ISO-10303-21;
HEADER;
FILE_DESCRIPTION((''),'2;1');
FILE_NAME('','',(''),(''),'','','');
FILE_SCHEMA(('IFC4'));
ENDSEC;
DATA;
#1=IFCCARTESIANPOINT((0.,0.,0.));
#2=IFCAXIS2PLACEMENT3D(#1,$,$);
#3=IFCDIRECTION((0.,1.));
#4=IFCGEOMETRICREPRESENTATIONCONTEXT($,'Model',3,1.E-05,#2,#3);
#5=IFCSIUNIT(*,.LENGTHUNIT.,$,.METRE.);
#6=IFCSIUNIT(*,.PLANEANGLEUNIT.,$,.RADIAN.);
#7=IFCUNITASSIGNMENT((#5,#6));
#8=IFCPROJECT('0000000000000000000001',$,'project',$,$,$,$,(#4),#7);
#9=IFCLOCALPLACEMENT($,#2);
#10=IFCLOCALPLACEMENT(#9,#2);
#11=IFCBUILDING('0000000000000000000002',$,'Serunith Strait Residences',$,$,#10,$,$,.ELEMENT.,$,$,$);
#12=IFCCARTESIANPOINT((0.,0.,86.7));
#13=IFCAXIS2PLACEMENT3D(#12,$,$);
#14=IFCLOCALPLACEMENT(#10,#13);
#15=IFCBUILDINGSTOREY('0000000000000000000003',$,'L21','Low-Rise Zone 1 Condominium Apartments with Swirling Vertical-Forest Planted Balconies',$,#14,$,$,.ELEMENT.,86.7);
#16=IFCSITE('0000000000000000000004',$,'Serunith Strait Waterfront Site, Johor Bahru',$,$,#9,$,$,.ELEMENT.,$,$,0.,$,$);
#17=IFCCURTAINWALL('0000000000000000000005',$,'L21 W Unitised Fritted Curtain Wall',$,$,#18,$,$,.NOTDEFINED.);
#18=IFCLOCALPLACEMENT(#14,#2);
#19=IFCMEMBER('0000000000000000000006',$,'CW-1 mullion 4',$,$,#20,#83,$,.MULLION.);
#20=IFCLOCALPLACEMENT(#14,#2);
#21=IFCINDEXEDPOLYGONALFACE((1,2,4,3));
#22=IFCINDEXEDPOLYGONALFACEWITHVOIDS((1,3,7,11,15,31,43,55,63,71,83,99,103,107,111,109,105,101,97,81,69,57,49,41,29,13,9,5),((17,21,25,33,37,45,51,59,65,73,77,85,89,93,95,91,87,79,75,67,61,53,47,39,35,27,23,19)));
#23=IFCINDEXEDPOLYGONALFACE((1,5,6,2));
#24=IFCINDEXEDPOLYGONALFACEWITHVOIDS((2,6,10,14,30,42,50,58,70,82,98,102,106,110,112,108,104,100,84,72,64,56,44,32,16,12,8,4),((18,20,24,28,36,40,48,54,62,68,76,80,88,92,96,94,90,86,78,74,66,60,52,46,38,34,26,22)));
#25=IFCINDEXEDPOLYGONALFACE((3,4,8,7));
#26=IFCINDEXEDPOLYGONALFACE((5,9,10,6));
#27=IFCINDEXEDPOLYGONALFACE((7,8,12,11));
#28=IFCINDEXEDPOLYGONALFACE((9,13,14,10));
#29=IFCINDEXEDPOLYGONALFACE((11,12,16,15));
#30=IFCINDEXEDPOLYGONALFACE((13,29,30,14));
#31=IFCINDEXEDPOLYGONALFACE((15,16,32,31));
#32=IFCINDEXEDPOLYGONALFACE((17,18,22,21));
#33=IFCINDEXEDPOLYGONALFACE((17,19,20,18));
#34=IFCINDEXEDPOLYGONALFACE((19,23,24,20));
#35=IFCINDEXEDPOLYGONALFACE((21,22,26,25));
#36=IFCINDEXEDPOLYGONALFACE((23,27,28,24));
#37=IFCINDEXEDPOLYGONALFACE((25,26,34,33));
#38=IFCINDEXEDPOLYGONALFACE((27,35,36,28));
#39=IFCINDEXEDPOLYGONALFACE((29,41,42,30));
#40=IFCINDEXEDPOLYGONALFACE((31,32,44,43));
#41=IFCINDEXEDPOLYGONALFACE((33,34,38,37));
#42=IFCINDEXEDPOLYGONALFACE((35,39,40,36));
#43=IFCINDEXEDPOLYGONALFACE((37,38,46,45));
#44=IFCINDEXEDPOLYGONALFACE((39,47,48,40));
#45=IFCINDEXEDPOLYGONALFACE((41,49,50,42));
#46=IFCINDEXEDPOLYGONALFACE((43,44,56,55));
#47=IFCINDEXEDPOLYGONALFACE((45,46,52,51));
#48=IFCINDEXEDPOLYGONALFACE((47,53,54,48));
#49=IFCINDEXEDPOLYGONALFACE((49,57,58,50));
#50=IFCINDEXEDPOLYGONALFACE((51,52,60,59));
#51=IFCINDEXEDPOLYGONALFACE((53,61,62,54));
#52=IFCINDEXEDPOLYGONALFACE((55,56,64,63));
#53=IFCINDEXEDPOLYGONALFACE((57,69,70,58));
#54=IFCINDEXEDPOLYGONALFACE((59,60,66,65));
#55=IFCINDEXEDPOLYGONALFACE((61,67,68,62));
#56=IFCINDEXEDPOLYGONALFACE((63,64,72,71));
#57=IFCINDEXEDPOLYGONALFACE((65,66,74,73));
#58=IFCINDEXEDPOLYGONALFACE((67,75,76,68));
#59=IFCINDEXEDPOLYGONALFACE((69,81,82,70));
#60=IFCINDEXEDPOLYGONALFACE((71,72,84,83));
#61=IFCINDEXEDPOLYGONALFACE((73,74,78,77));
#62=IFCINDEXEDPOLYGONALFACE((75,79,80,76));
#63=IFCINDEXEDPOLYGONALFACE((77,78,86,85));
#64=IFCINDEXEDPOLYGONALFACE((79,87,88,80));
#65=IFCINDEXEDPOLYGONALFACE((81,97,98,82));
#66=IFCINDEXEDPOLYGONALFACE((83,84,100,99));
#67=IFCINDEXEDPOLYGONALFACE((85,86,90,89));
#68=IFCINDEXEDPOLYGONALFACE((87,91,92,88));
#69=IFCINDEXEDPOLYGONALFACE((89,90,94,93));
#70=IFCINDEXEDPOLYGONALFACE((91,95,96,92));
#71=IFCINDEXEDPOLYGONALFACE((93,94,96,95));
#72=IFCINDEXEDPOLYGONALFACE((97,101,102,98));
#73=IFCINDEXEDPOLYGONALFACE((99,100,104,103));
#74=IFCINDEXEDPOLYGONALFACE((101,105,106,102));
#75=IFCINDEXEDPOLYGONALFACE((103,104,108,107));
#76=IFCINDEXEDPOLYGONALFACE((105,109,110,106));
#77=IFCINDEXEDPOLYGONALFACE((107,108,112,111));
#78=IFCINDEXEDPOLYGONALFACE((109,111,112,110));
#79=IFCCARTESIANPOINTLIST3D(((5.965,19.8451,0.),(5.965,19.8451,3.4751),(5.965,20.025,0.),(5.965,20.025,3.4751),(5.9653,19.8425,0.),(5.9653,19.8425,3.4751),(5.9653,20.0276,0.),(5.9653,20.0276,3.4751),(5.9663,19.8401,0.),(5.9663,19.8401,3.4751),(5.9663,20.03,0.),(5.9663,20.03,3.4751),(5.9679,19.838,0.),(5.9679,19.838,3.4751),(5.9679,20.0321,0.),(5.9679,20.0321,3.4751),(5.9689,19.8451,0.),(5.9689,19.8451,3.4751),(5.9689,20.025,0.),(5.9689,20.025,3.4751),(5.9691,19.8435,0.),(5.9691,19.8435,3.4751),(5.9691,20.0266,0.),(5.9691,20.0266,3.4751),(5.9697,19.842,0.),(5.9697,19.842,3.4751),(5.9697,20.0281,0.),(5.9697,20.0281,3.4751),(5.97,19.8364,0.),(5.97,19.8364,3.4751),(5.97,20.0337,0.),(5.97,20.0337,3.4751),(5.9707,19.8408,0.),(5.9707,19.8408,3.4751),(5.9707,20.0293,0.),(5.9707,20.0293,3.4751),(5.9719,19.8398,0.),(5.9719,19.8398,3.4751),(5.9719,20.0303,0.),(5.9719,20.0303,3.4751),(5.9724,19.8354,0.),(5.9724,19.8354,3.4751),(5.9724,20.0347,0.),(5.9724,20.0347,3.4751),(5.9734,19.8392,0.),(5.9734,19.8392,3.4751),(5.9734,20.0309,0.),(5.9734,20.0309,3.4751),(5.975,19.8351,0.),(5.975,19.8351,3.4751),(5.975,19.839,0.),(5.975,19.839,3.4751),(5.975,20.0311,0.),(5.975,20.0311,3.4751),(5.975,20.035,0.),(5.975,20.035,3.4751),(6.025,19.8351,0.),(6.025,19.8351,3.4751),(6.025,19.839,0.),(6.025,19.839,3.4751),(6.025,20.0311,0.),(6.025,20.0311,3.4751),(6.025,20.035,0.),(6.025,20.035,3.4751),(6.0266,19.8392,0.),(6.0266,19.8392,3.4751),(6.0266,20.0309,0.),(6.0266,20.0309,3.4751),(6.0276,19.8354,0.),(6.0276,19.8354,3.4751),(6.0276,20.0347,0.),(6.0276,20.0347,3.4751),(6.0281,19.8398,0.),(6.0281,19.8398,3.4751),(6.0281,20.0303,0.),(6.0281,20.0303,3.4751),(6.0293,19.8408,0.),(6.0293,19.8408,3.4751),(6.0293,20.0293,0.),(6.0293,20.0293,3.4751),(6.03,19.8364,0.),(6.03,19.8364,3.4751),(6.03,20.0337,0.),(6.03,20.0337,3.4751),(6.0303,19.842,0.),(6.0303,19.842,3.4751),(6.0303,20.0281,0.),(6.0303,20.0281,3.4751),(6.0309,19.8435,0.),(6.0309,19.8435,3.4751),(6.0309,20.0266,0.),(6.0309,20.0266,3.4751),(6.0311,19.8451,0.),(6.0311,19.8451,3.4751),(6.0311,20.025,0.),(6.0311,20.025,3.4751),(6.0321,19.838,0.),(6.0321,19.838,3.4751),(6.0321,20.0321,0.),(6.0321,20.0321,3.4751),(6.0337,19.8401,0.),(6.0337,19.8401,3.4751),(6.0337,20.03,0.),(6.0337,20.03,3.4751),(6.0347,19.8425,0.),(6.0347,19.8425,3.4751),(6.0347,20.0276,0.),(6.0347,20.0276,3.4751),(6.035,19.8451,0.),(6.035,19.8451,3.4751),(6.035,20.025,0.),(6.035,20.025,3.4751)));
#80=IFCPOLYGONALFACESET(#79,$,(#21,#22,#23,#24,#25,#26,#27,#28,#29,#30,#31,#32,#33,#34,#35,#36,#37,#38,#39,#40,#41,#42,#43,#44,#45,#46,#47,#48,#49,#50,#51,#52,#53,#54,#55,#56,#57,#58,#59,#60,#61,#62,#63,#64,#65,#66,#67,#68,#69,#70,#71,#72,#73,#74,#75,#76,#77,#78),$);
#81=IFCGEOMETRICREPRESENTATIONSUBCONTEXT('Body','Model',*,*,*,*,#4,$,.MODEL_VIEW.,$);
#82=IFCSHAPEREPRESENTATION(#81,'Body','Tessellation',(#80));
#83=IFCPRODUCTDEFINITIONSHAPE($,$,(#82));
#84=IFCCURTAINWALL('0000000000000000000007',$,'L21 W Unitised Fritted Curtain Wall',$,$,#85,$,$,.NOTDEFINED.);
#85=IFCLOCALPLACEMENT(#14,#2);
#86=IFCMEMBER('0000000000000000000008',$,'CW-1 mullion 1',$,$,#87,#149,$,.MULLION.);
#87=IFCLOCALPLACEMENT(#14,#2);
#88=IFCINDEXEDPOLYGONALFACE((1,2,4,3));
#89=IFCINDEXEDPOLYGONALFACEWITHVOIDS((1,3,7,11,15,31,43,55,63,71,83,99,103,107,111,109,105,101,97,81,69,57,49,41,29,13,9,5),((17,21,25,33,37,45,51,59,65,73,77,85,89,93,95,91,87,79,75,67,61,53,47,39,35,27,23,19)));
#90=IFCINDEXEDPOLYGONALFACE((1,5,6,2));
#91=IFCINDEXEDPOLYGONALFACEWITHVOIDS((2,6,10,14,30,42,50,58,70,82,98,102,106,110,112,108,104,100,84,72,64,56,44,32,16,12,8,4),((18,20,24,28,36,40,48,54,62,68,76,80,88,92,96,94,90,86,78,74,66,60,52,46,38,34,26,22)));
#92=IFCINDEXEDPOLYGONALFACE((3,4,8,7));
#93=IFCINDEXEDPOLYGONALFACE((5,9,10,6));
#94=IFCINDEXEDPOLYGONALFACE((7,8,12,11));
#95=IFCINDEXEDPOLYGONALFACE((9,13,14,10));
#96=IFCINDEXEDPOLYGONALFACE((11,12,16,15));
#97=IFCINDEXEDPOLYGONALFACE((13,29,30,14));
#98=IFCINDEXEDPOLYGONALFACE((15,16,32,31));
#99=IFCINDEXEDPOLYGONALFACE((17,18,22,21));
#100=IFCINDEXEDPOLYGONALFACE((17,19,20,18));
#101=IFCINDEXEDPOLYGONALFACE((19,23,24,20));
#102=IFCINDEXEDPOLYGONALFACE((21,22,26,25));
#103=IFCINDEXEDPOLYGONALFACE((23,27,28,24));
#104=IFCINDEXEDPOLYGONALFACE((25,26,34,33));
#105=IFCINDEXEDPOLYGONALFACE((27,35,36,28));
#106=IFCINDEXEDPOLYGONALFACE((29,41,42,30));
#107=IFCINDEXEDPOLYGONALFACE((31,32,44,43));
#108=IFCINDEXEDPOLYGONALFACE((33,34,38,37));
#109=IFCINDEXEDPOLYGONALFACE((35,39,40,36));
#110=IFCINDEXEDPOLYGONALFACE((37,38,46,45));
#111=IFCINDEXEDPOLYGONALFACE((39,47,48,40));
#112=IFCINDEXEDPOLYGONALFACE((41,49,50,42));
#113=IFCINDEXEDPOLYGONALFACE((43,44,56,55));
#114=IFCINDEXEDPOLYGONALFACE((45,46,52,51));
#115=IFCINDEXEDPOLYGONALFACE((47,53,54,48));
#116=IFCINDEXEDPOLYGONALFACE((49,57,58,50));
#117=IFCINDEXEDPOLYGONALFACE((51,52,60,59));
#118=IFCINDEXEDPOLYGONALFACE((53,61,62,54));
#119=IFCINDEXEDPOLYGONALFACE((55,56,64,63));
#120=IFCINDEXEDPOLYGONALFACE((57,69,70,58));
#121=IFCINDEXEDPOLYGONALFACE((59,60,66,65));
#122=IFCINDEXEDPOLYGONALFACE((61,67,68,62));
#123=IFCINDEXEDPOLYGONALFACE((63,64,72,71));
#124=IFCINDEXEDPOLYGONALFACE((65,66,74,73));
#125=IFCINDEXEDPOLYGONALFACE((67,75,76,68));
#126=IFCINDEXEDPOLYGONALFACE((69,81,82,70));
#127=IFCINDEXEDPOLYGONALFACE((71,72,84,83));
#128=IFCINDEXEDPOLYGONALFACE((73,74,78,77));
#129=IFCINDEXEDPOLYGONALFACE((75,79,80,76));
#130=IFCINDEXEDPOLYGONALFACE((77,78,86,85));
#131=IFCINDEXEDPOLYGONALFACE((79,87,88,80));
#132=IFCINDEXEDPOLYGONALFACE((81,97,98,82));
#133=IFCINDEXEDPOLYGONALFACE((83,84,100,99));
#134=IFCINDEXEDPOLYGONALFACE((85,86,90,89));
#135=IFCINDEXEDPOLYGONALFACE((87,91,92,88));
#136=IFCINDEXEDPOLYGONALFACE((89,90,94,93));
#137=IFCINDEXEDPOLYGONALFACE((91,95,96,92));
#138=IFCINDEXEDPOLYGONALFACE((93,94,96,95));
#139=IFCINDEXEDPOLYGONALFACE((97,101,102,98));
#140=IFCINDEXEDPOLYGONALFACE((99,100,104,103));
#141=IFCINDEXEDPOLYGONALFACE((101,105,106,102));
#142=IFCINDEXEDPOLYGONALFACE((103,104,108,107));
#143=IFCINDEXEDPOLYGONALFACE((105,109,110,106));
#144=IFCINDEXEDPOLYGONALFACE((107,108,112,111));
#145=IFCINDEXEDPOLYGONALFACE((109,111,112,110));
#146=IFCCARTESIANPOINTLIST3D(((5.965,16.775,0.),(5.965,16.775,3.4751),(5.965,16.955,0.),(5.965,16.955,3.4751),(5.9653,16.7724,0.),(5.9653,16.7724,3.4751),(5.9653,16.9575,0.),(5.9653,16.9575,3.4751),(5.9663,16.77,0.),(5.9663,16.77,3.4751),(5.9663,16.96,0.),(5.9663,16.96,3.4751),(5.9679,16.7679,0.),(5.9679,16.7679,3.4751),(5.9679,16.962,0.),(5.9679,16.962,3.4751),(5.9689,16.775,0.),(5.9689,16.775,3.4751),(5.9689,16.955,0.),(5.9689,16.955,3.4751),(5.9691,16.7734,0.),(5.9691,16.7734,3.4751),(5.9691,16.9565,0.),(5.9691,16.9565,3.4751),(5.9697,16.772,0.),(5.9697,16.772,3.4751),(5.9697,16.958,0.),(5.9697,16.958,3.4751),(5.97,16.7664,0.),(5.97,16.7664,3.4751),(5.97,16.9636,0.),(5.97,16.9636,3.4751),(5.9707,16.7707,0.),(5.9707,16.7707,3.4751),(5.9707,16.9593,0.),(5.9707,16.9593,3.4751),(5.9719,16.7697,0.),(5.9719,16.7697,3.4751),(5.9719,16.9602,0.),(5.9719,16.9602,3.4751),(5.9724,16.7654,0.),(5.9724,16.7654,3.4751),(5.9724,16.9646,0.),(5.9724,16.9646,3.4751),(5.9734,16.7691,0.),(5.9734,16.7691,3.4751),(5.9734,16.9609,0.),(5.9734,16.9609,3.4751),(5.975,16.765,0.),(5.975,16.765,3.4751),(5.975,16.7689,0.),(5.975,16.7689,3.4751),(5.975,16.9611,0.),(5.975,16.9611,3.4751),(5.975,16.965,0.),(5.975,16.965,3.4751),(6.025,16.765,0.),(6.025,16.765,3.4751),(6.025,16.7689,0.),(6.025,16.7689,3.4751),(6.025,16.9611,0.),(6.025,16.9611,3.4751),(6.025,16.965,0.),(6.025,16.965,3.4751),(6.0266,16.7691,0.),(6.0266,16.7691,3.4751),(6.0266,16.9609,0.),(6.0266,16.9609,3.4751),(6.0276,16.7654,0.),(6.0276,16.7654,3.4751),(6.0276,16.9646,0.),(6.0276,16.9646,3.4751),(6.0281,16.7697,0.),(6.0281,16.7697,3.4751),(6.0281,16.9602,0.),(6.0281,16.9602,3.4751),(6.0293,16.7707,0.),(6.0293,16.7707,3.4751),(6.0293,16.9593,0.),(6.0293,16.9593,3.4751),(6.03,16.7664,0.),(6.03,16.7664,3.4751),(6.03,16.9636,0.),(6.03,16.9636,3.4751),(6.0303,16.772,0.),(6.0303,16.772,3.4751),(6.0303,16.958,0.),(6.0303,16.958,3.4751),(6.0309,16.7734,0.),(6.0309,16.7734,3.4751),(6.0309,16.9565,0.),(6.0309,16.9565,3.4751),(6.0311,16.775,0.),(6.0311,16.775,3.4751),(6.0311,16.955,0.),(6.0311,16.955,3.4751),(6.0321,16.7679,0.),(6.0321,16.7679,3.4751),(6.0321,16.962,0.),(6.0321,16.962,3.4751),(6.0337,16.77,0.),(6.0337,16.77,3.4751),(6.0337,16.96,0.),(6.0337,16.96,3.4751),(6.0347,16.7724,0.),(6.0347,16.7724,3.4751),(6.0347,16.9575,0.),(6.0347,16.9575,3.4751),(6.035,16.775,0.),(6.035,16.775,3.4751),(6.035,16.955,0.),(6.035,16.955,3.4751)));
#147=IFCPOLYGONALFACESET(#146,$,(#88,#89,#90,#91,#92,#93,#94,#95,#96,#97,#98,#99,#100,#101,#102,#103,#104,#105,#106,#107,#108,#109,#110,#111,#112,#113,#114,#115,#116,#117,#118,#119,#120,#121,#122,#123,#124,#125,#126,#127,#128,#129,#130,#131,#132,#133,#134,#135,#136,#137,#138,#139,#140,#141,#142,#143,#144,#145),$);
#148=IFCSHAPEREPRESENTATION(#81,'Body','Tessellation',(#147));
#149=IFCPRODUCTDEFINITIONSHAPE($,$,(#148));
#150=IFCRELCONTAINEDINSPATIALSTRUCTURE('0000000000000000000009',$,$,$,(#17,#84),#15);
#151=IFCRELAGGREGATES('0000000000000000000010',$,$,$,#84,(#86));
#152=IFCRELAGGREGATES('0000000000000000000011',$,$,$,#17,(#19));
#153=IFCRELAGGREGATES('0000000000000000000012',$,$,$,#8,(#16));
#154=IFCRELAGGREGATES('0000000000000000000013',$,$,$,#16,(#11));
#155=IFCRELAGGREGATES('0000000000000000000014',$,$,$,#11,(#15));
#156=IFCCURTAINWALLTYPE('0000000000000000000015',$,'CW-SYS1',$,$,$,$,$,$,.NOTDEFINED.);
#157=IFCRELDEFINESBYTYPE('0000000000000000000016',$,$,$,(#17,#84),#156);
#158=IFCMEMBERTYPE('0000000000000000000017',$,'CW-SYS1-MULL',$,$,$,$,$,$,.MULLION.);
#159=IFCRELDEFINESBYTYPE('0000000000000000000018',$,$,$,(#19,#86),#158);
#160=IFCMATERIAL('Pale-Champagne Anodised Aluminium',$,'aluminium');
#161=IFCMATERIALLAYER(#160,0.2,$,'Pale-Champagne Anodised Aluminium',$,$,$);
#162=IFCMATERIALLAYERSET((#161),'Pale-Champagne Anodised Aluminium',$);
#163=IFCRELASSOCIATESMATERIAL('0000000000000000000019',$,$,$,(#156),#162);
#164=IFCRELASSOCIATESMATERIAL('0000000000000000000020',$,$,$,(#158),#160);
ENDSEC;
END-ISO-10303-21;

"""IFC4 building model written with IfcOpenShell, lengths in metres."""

from ifc_helpers import new_model, si_unit, direction, frame, origin, origin_2d, place, context, subcontext, project, spatial, hollow_rectangle, extrude, source, transform, mapped, material, layer, layer_set, material_profile, profile_set, type_object, element, aggregate, save


model = new_model("IFC4")

# Units and contexts
model_context = context("Model", 3, precision=1e-05, world=origin(), true_north=direction((0.0, 1.0)))
body_context = subcontext(model_context, "Body", "Model", "MODEL_VIEW")
ifc_project = project(units=[si_unit("LENGTHUNIT", "METRE"), si_unit("PLANEANGLEUNIT", "RADIAN")], contexts=[model_context])

# Site, building, storey
site_placement = place(None, origin())
site = spatial("IfcSite", under=ifc_project, at=site_placement, Name="Serunith Strait Waterfront Site, Johor Bahru", CompositionType="ELEMENT", RefElevation=0.0)
building_placement = place(site_placement, origin())
building = spatial("IfcBuilding", under=site, at=building_placement, Name="Serunith Strait Residences", CompositionType="ELEMENT")
storey_placement = place(building_placement, frame((0.0, 0.0, 86.7)))
storey = spatial("IfcBuildingStorey", under=building, at=storey_placement, Name="L21", Description="Low-Rise Zone 1 Condominium Apartments with Swirling Vertical-Forest Planted Balconies", CompositionType="ELEMENT", Elevation=86.7)

# Curtain wall, member
ifc_material_1 = material(Name="Pale-Champagne Anodised Aluminium", Category="aluminium")
ifc_layer_1 = layer(ifc_material_1, 0.2, Name="Pale-Champagne Anodised Aluminium")
ifc_layer_set_1 = layer_set([ifc_layer_1], Name="Pale-Champagne Anodised Aluminium")
curtain_wall_type = type_object("IfcCurtainWallType", Name="CW-SYS1", PredefinedType="NOTDEFINED", material=ifc_layer_set_1)
curtain_wall_1_placement = place(storey_placement, origin())
curtain_wall_1 = element("IfcCurtainWall", 1, at=curtain_wall_1_placement, inside=storey, type_object=curtain_wall_type, Name="L21 W Unitised Fritted Curtain Wall", PredefinedType="NOTDEFINED")
ifc_material_profile_1 = material_profile(ifc_material_1, hollow_rectangle(XDim=0.0701, YDim=0.2, WallThickness=0.0039, InnerFilletRadius=0.0061, OuterFilletRadius=0.01, at=origin_2d()), Name="ALU 200x70x4")
ifc_profile_set_1 = profile_set([ifc_material_profile_1], Name="Pale-Champagne Anodised Aluminium")
member_type_1 = type_object("IfcMemberType", Name="CW-SYS1-MULL", PredefinedType="MULLION", material=ifc_profile_set_1)
shared_shape_1 = source(origin(), body_context, "Body", "SweptSolid", [
    extrude(hollow_rectangle(XDim=0.0701, YDim=0.2, WallThickness=0.0039, InnerFilletRadius=0.0061, OuterFilletRadius=0.01, at=origin_2d()), origin(), (0.0, 0.0, 1.0), 3.4751),
])
member_1_placement = place(storey_placement, frame((6.0, 19.9351, 0.0), z_axis=(0.0, 0.0, 1.0), x_axis=(1.0, 0.0, 0.0)))
member_1 = element("IfcMember", 2, at=member_1_placement, type_object=member_type_1, Name="CW-1 mullion 4", PredefinedType="MULLION", context=body_context, shape_type="MappedRepresentation", body=[
    mapped(shared_shape_1, transform((0.0, 0.0, 0.0), scale=1.0)),
])

# Curtain wall, member
curtain_wall_2_placement = place(storey_placement, origin())
curtain_wall_2 = element("IfcCurtainWall", 3, at=curtain_wall_2_placement, inside=storey, type_object=curtain_wall_type, Name="L21 W Unitised Fritted Curtain Wall", PredefinedType="NOTDEFINED")
member_2_placement = place(storey_placement, frame((6.0, 16.865, 0.0), z_axis=(0.0, 0.0, 1.0), x_axis=(1.0, 0.0, 0.0)))
member_2 = element("IfcMember", 4, at=member_2_placement, type_object=member_type_1, Name="CW-1 mullion 1", PredefinedType="MULLION", context=body_context, shape_type="MappedRepresentation", body=[
    mapped(shared_shape_1, transform((0.0, 0.0, 0.0), scale=1.0)),
])
aggregate(curtain_wall_2, [member_2])

aggregate(curtain_wall_1, [member_1])

save(model, "model.ifc")
